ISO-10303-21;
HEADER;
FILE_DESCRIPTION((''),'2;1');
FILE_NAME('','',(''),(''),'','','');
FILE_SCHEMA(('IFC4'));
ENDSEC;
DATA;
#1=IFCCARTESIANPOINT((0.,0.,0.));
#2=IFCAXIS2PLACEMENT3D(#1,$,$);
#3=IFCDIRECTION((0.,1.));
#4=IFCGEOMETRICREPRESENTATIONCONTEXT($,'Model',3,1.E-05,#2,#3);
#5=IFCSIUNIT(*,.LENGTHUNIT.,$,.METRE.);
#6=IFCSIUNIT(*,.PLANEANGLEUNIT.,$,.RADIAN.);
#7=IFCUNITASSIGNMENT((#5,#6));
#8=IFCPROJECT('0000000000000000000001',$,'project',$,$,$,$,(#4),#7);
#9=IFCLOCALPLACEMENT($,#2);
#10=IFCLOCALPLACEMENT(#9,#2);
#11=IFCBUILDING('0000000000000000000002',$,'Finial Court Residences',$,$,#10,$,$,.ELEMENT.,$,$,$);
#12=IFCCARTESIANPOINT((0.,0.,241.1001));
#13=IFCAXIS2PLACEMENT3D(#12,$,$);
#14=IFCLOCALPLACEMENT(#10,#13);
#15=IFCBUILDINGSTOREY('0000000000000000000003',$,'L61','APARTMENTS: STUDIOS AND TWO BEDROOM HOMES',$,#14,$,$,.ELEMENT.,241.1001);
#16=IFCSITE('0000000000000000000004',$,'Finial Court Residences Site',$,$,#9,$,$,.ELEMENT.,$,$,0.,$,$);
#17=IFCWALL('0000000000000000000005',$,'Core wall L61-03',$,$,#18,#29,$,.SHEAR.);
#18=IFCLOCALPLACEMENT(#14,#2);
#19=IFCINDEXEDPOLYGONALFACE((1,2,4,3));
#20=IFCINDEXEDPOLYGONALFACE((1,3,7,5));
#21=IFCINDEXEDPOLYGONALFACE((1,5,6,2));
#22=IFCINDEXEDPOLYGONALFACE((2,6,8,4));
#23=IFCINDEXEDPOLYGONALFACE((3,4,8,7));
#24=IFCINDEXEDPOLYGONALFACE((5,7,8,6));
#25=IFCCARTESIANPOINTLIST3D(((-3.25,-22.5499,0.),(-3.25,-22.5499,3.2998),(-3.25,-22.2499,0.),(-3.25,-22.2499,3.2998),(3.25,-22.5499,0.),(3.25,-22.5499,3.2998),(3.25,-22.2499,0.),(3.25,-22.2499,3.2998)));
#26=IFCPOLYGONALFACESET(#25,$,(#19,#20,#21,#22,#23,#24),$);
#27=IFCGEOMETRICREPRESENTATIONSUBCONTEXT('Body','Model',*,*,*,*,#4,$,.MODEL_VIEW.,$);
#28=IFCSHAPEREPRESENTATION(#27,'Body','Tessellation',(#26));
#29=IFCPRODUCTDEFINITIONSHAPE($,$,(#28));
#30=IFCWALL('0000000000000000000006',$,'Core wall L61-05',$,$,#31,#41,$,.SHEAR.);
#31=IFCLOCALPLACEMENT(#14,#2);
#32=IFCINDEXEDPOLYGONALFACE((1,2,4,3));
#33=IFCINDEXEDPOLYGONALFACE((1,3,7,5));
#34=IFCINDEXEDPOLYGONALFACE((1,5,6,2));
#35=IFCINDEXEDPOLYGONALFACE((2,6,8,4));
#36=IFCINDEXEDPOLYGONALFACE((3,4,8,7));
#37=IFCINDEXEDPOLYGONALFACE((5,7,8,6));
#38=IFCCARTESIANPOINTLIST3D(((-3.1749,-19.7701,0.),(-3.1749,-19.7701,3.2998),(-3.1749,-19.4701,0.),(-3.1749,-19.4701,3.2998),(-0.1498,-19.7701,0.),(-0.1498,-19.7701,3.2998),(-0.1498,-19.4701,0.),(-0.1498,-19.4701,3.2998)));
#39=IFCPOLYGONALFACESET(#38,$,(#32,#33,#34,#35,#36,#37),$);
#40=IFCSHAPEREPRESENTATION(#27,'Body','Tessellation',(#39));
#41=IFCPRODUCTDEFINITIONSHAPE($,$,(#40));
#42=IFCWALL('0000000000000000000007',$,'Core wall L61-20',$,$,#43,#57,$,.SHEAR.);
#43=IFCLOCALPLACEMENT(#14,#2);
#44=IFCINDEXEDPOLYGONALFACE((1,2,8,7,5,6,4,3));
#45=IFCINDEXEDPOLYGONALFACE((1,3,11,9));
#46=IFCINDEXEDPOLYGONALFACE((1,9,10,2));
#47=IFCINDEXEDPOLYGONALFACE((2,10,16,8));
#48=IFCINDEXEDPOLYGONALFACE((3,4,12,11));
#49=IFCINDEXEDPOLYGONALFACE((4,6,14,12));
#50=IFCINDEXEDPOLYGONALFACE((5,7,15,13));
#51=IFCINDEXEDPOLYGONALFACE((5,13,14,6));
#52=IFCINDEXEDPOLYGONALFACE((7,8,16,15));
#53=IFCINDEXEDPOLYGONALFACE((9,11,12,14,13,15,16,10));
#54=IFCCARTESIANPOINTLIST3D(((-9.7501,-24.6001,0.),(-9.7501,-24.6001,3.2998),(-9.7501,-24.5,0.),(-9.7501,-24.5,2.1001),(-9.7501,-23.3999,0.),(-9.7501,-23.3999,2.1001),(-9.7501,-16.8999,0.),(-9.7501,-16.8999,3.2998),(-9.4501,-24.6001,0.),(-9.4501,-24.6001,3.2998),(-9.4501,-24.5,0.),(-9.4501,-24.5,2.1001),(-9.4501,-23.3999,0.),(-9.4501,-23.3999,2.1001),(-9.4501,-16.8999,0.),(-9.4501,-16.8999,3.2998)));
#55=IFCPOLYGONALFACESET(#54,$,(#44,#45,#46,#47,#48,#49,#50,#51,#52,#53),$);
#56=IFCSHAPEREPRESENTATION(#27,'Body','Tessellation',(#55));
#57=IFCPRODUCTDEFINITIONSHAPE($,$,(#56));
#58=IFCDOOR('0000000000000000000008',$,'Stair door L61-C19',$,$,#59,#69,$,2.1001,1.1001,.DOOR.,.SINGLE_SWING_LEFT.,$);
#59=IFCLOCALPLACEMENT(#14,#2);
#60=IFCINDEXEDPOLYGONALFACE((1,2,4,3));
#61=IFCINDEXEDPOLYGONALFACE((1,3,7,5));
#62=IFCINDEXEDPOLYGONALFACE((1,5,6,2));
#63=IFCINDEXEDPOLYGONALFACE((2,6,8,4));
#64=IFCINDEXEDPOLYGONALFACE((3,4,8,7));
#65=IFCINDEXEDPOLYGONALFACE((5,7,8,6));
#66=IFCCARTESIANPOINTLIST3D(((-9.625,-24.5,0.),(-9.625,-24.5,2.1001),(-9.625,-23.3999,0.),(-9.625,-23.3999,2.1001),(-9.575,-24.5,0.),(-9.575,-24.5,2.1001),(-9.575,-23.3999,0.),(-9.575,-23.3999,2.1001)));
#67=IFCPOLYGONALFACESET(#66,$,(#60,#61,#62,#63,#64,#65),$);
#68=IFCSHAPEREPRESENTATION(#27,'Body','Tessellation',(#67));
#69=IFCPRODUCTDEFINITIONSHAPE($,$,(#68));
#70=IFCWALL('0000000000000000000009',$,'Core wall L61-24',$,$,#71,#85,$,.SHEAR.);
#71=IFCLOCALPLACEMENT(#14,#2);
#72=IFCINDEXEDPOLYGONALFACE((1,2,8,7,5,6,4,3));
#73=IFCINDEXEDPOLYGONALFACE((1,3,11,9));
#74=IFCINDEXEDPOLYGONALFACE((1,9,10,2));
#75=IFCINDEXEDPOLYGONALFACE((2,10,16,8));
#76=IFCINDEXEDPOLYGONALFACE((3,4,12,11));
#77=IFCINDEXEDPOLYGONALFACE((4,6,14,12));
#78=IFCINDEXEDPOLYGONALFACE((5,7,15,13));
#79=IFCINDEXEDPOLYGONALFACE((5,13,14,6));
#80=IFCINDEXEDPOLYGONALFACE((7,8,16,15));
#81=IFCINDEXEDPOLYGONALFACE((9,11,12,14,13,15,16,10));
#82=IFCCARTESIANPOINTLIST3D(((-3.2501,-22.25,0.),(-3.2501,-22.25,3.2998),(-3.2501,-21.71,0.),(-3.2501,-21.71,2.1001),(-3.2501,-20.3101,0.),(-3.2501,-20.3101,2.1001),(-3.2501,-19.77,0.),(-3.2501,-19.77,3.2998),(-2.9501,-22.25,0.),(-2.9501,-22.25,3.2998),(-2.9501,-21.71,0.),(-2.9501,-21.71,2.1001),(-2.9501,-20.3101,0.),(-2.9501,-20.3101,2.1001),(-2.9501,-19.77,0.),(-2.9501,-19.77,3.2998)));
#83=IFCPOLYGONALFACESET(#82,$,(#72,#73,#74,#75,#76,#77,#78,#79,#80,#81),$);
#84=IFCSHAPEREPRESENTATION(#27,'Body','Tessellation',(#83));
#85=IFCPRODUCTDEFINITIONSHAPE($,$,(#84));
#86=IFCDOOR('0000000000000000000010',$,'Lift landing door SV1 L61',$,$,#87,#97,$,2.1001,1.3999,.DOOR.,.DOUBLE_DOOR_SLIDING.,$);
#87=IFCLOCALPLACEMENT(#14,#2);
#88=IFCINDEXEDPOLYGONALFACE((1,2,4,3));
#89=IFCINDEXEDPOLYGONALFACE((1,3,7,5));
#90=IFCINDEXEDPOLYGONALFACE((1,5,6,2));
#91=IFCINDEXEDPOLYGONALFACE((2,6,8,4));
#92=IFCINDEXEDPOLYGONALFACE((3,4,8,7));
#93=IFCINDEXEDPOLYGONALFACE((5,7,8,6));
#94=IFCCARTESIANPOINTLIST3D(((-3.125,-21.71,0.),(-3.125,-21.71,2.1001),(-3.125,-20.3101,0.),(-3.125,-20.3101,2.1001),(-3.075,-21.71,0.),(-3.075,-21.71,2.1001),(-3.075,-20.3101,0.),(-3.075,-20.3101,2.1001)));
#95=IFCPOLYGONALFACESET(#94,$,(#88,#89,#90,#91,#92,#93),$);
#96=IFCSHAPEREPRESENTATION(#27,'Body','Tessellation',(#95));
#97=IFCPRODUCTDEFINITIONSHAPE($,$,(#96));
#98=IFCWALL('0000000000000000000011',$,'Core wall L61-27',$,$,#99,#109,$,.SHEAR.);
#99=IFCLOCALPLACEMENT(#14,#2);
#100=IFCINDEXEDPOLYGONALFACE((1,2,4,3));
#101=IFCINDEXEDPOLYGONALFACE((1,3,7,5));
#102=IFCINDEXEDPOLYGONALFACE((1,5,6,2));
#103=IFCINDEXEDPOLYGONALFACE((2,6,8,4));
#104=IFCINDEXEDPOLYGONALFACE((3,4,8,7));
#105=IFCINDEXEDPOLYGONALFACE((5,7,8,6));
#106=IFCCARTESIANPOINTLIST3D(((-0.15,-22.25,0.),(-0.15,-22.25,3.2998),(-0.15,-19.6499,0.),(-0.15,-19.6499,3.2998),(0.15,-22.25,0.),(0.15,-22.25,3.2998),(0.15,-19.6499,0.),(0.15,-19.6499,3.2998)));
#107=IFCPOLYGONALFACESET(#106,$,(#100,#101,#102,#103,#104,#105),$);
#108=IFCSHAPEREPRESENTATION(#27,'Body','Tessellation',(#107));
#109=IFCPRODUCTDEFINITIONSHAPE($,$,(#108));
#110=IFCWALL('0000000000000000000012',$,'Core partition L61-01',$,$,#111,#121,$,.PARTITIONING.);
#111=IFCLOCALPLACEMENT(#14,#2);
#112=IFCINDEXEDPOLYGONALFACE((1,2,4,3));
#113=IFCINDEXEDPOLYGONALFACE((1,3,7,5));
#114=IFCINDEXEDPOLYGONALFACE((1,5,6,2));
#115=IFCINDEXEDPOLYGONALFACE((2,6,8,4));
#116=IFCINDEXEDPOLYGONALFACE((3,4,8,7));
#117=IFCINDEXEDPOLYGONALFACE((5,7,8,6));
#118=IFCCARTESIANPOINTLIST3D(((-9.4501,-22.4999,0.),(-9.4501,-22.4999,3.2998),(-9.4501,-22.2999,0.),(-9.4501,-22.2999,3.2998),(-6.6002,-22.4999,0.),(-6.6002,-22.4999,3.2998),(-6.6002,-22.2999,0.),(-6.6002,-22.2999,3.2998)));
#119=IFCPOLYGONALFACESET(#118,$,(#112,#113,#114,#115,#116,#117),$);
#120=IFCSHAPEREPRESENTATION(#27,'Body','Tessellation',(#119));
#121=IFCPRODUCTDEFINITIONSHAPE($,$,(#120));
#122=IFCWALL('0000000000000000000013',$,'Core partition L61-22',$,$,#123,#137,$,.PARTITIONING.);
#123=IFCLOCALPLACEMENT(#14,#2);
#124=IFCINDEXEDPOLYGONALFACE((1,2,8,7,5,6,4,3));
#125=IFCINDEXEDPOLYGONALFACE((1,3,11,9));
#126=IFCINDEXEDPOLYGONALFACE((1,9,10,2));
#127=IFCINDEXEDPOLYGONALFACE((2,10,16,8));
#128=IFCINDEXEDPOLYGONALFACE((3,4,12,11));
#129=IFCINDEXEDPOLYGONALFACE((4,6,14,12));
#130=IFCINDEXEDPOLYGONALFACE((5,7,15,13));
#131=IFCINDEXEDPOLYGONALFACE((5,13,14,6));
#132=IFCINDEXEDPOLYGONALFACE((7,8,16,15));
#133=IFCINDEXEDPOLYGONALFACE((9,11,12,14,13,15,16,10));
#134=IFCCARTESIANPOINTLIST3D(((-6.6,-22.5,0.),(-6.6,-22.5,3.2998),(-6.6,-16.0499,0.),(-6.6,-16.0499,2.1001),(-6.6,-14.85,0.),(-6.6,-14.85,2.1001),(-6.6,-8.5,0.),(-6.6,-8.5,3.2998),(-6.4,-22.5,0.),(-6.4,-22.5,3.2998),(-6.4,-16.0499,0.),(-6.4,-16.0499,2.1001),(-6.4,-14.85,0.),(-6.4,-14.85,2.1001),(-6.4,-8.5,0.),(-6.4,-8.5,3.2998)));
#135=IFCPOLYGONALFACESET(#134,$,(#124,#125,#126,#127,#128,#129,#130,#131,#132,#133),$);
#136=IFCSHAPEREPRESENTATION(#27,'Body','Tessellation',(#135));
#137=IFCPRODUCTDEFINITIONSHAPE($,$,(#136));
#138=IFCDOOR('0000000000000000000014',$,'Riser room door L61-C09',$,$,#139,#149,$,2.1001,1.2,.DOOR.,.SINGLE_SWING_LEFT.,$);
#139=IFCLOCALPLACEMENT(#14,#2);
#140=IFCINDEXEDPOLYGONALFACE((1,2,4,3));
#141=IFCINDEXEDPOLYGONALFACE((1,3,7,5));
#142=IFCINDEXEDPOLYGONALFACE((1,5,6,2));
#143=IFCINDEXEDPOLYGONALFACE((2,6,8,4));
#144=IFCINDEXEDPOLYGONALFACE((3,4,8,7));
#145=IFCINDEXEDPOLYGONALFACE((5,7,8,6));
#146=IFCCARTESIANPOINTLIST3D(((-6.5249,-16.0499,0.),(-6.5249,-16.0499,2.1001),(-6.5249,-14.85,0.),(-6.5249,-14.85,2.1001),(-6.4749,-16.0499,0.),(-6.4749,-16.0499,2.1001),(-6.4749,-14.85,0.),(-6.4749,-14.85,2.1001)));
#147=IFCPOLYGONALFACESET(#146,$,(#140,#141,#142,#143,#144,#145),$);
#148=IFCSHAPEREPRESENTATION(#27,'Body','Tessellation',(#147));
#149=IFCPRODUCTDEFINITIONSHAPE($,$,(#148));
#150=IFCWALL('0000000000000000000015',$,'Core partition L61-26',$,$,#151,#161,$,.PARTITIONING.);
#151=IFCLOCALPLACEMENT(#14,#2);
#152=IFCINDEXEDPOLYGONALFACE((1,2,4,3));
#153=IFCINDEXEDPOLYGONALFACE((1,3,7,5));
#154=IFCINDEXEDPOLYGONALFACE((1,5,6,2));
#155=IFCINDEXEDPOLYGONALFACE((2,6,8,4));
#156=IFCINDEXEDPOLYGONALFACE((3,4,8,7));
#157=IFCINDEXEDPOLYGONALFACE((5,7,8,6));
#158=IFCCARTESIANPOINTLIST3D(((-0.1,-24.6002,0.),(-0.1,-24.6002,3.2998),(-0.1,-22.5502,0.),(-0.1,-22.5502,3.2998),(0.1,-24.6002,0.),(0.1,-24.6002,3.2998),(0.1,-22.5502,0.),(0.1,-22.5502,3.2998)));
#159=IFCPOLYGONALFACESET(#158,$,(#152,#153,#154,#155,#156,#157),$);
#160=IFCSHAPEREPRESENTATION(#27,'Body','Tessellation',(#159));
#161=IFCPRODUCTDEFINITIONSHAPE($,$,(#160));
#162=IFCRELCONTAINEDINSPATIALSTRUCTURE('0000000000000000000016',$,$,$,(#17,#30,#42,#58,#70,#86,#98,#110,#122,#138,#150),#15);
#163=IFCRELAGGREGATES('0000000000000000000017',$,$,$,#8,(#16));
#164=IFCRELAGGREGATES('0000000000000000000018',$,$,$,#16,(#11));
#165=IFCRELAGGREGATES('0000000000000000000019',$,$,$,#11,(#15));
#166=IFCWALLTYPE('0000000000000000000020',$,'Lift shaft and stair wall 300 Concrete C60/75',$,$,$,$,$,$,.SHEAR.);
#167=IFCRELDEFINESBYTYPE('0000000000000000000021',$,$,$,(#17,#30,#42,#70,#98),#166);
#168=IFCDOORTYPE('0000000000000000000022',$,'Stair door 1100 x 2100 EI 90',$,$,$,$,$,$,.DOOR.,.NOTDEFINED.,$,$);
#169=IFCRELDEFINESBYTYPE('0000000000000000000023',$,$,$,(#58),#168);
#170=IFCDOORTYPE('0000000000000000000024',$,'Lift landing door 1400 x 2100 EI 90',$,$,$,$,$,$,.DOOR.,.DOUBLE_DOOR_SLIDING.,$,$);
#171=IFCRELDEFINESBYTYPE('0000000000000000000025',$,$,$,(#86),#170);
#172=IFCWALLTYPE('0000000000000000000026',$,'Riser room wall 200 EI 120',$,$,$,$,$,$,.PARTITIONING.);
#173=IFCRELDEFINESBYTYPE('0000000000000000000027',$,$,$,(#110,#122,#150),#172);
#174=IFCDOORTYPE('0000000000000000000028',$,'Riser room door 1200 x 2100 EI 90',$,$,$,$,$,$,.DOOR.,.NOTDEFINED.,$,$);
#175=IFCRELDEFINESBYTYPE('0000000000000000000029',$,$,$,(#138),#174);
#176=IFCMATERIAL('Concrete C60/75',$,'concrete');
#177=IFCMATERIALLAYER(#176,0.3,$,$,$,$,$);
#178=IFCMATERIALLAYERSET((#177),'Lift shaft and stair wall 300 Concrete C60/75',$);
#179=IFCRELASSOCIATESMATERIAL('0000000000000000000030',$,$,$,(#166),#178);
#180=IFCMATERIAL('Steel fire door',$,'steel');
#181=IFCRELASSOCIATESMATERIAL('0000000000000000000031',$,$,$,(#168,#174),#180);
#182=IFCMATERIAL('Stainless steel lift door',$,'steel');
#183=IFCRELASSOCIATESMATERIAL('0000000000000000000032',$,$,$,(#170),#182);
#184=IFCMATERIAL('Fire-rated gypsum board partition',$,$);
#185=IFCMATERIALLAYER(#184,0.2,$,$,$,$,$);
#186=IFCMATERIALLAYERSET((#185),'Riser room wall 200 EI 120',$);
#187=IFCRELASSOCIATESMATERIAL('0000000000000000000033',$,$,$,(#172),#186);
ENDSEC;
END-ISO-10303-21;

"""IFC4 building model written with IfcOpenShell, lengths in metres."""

from ifc_helpers import new_model, si_unit, direction, frame, frame_2d, origin, place, context, subcontext, project, spatial, rectangle, extrude, material, layer, layer_set, type_object, element, fill, save


model = new_model("IFC4")

# Units and contexts
model_context = context("Model", 3, precision=1e-05, world=origin(), true_north=direction((0.0, 1.0)))
body_context = subcontext(model_context, "Body", "Model", "MODEL_VIEW")
ifc_project = project(units=[si_unit("LENGTHUNIT", "METRE"), si_unit("PLANEANGLEUNIT", "RADIAN")], contexts=[model_context])

# Site, building, storey
site_placement = place(None, origin())
site = spatial("IfcSite", under=ifc_project, at=site_placement, Name="Finial Court Residences Site", CompositionType="ELEMENT", RefElevation=0.0)
building_placement = place(site_placement, origin())
building = spatial("IfcBuilding", under=site, at=building_placement, Name="Finial Court Residences", CompositionType="ELEMENT")
storey_placement = place(building_placement, frame((0.0, 0.0, 241.1001)))
storey = spatial("IfcBuildingStorey", under=building, at=storey_placement, Name="L61", Description="APARTMENTS: STUDIOS AND TWO BEDROOM HOMES", CompositionType="ELEMENT", Elevation=241.1001)

# Walls
ifc_material_1 = material(Name="Concrete C60/75", Category="concrete")
ifc_layer_1 = layer(ifc_material_1, 0.3)
ifc_layer_set_1 = layer_set([ifc_layer_1], Name="Lift shaft and stair wall 300 Concrete C60/75")
wall_type_1 = type_object("IfcWallType", Name="Lift shaft and stair wall 300 Concrete C60/75", PredefinedType="SHEAR", material=ifc_layer_set_1)
wall_1_placement = place(storey_placement, frame((-3.25, -22.3999, 0.0), z_axis=(0.0, 0.0, 1.0), x_axis=(1.0, 0.0, 0.0)))
element("IfcWall", 1, at=wall_1_placement, inside=storey, type_object=wall_type_1, Name="Core wall L61-03", PredefinedType="SHEAR", context=body_context, shape_type="SweptSolid", body=[
    extrude(rectangle(XDim=6.5, YDim=0.3, at=frame_2d((3.25, 0.0))), origin(), (0.0, 0.0, 1.0), 3.2998),
])
wall_2_placement = place(storey_placement, frame((-3.175, -19.6201, 0.0), z_axis=(0.0, 0.0, 1.0), x_axis=(1.0, 0.0, 0.0)))
element("IfcWall", 2, at=wall_2_placement, inside=storey, type_object=wall_type_1, Name="Core wall L61-05", PredefinedType="SHEAR", context=body_context, shape_type="SweptSolid", body=[
    extrude(rectangle(XDim=3.0251, YDim=0.3, at=frame_2d((1.5127, 0.0))), origin(), (0.0, 0.0, 1.0), 3.2998),
])

# Walls, openings, doors
wall_3_placement = place(storey_placement, frame((-9.6001, -24.6001, 0.0), z_axis=(0.0, 0.0, 1.0), x_axis=(0.0, 1.0, 0.0)))
wall_3 = element("IfcWall", 3, at=wall_3_placement, inside=storey, type_object=wall_type_1, Name="Core wall L61-20", PredefinedType="SHEAR", context=body_context, shape_type="SweptSolid", body=[
    extrude(rectangle(XDim=7.7002, YDim=0.3, at=frame_2d((3.8501, 0.0))), origin(), (0.0, 0.0, 1.0), 3.2998),
])
opening_1_placement = place(wall_3_placement, frame((0.1001, 0.0, 0.0)))
opening_1 = element("IfcOpeningElement", 4, at=opening_1_placement, cuts=wall_3, PredefinedType="OPENING", context=body_context, shape_type="SweptSolid", body=[
    extrude(rectangle(XDim=1.1001, YDim=2.1001, at=frame_2d((0.55, 1.05))), frame((0.0, 0.1599, 0.0), z_axis=(0.0, -1.0, 0.0), x_axis=(1.0, 0.0, 0.0)), (0.0, 0.0, 1.0), 0.3201),
])
ifc_material_2 = material(Name="Steel fire door", Category="steel")
door_type_1 = type_object("IfcDoorType", Name="Stair door 1100 x 2100 EI 90", OperationType="NOTDEFINED", PredefinedType="DOOR", material=ifc_material_2)
door_1_placement = place(opening_1_placement, origin())
door_1 = element("IfcDoor", 5, at=door_1_placement, inside=storey, type_object=door_type_1, Name="Stair door L61-C19", OperationType="SINGLE_SWING_LEFT", OverallHeight=2.1001, OverallWidth=1.1001, PredefinedType="DOOR", context=body_context, shape_type="SweptSolid", body=[
    extrude(rectangle(XDim=1.1001, YDim=2.1001, at=frame_2d((0.55, 1.05))), frame((0.0, 0.0249, 0.0), z_axis=(0.0, -1.0, 0.0), x_axis=(1.0, 0.0, 0.0)), (0.0, 0.0, 1.0), 0.05),
])
fill(opening_1, door_1)
wall_4_placement = place(storey_placement, frame((-3.1001, -22.25, 0.0), z_axis=(0.0, 0.0, 1.0), x_axis=(0.0, 1.0, 0.0)))
wall_4 = element("IfcWall", 6, at=wall_4_placement, inside=storey, type_object=wall_type_1, Name="Core wall L61-24", PredefinedType="SHEAR", context=body_context, shape_type="SweptSolid", body=[
    extrude(rectangle(XDim=2.48, YDim=0.3, at=frame_2d((1.24, 0.0))), origin(), (0.0, 0.0, 1.0), 3.2998),
])
opening_2_placement = place(wall_4_placement, frame((0.54, 0.0, 0.0)))
opening_2 = element("IfcOpeningElement", 7, at=opening_2_placement, cuts=wall_4, PredefinedType="OPENING", context=body_context, shape_type="SweptSolid", body=[
    extrude(rectangle(XDim=1.3999, YDim=2.1001, at=frame_2d((0.7, 1.05))), frame((0.0, 0.1599, 0.0), z_axis=(0.0, -1.0, 0.0), x_axis=(1.0, 0.0, 0.0)), (0.0, 0.0, 1.0), 0.3201),
])
ifc_material_3 = material(Name="Stainless steel lift door", Category="steel")
door_type_2 = type_object("IfcDoorType", Name="Lift landing door 1400 x 2100 EI 90", OperationType="DOUBLE_DOOR_SLIDING", PredefinedType="DOOR", material=ifc_material_3)
door_2_placement = place(opening_2_placement, origin())
door_2 = element("IfcDoor", 8, at=door_2_placement, inside=storey, type_object=door_type_2, Name="Lift landing door SV1 L61", OperationType="DOUBLE_DOOR_SLIDING", OverallHeight=2.1001, OverallWidth=1.3999, PredefinedType="DOOR", context=body_context, shape_type="SweptSolid", body=[
    extrude(rectangle(XDim=1.3999, YDim=2.1001, at=frame_2d((0.7, 1.05))), frame((0.0, 0.0249, 0.0), z_axis=(0.0, -1.0, 0.0), x_axis=(1.0, 0.0, 0.0)), (0.0, 0.0, 1.0), 0.05),
])
fill(opening_2, door_2)

# Walls
wall_5_placement = place(storey_placement, frame((0.0, -22.25, 0.0), z_axis=(0.0, 0.0, 1.0), x_axis=(0.0, 1.0, 0.0)))
element("IfcWall", 9, at=wall_5_placement, inside=storey, type_object=wall_type_1, Name="Core wall L61-27", PredefinedType="SHEAR", context=body_context, shape_type="SweptSolid", body=[
    extrude(rectangle(XDim=2.6001, YDim=0.3, at=frame_2d((1.3, 0.0))), origin(), (0.0, 0.0, 1.0), 3.2998),
])
ifc_material_4 = material(Name="Fire-rated gypsum board partition")
ifc_layer_2 = layer(ifc_material_4, 0.2)
ifc_layer_set_2 = layer_set([ifc_layer_2], Name="Riser room wall 200 EI 120")
wall_type_2 = type_object("IfcWallType", Name="Riser room wall 200 EI 120", PredefinedType="PARTITIONING", material=ifc_layer_set_2)
wall_6_placement = place(storey_placement, frame((-9.45, -22.3999, 0.0), z_axis=(0.0, 0.0, 1.0), x_axis=(1.0, 0.0, 0.0)))
element("IfcWall", 10, at=wall_6_placement, inside=storey, type_object=wall_type_2, Name="Core partition L61-01", PredefinedType="PARTITIONING", context=body_context, shape_type="SweptSolid", body=[
    extrude(rectangle(XDim=2.8499, YDim=0.2, at=frame_2d((1.4248, 0.0))), origin(), (0.0, 0.0, 1.0), 3.2998),
])

# Wall, opening, door
wall_7_placement = place(storey_placement, frame((-6.5, -22.5, 0.0), z_axis=(0.0, 0.0, 1.0), x_axis=(0.0, 1.0, 0.0)))
wall_7 = element("IfcWall", 11, at=wall_7_placement, inside=storey, type_object=wall_type_2, Name="Core partition L61-22", PredefinedType="PARTITIONING", context=body_context, shape_type="SweptSolid", body=[
    extrude(rectangle(XDim=14.0, YDim=0.2, at=frame_2d((7.0, 0.0))), origin(), (0.0, 0.0, 1.0), 3.2998),
])
opening_3_placement = place(wall_7_placement, frame((6.45, 0.0, 0.0)))
opening_3 = element("IfcOpeningElement", 12, at=opening_3_placement, cuts=wall_7, PredefinedType="OPENING", context=body_context, shape_type="SweptSolid", body=[
    extrude(rectangle(XDim=1.2, YDim=2.1001, at=frame_2d((0.6001, 1.05))), frame((0.0, 0.1099, 0.0), z_axis=(0.0, -1.0, 0.0), x_axis=(1.0, 0.0, 0.0)), (0.0, 0.0, 1.0), 0.22),
])
door_type_3 = type_object("IfcDoorType", Name="Riser room door 1200 x 2100 EI 90", OperationType="NOTDEFINED", PredefinedType="DOOR", material=ifc_material_2)
door_3_placement = place(opening_3_placement, origin())
door_3 = element("IfcDoor", 13, at=door_3_placement, inside=storey, type_object=door_type_3, Name="Riser room door L61-C09", OperationType="SINGLE_SWING_LEFT", OverallHeight=2.1001, OverallWidth=1.2, PredefinedType="DOOR", context=body_context, shape_type="SweptSolid", body=[
    extrude(rectangle(XDim=1.2, YDim=2.1001, at=frame_2d((0.6001, 1.05))), frame((0.0, 0.0249, 0.0), z_axis=(0.0, -1.0, 0.0), x_axis=(1.0, 0.0, 0.0)), (0.0, 0.0, 1.0), 0.05),
])
fill(opening_3, door_3)

# Wall
wall_8_placement = place(storey_placement, frame((0.0, -24.6001, 0.0), z_axis=(0.0, 0.0, 1.0), x_axis=(0.0, 1.0, 0.0)))
element("IfcWall", 14, at=wall_8_placement, inside=storey, type_object=wall_type_2, Name="Core partition L61-26", PredefinedType="PARTITIONING", context=body_context, shape_type="SweptSolid", body=[
    extrude(rectangle(XDim=2.05, YDim=0.2, at=frame_2d((1.0249, 0.0))), origin(), (0.0, 0.0, 1.0), 3.2998),
])

save(model, "model.ifc")
